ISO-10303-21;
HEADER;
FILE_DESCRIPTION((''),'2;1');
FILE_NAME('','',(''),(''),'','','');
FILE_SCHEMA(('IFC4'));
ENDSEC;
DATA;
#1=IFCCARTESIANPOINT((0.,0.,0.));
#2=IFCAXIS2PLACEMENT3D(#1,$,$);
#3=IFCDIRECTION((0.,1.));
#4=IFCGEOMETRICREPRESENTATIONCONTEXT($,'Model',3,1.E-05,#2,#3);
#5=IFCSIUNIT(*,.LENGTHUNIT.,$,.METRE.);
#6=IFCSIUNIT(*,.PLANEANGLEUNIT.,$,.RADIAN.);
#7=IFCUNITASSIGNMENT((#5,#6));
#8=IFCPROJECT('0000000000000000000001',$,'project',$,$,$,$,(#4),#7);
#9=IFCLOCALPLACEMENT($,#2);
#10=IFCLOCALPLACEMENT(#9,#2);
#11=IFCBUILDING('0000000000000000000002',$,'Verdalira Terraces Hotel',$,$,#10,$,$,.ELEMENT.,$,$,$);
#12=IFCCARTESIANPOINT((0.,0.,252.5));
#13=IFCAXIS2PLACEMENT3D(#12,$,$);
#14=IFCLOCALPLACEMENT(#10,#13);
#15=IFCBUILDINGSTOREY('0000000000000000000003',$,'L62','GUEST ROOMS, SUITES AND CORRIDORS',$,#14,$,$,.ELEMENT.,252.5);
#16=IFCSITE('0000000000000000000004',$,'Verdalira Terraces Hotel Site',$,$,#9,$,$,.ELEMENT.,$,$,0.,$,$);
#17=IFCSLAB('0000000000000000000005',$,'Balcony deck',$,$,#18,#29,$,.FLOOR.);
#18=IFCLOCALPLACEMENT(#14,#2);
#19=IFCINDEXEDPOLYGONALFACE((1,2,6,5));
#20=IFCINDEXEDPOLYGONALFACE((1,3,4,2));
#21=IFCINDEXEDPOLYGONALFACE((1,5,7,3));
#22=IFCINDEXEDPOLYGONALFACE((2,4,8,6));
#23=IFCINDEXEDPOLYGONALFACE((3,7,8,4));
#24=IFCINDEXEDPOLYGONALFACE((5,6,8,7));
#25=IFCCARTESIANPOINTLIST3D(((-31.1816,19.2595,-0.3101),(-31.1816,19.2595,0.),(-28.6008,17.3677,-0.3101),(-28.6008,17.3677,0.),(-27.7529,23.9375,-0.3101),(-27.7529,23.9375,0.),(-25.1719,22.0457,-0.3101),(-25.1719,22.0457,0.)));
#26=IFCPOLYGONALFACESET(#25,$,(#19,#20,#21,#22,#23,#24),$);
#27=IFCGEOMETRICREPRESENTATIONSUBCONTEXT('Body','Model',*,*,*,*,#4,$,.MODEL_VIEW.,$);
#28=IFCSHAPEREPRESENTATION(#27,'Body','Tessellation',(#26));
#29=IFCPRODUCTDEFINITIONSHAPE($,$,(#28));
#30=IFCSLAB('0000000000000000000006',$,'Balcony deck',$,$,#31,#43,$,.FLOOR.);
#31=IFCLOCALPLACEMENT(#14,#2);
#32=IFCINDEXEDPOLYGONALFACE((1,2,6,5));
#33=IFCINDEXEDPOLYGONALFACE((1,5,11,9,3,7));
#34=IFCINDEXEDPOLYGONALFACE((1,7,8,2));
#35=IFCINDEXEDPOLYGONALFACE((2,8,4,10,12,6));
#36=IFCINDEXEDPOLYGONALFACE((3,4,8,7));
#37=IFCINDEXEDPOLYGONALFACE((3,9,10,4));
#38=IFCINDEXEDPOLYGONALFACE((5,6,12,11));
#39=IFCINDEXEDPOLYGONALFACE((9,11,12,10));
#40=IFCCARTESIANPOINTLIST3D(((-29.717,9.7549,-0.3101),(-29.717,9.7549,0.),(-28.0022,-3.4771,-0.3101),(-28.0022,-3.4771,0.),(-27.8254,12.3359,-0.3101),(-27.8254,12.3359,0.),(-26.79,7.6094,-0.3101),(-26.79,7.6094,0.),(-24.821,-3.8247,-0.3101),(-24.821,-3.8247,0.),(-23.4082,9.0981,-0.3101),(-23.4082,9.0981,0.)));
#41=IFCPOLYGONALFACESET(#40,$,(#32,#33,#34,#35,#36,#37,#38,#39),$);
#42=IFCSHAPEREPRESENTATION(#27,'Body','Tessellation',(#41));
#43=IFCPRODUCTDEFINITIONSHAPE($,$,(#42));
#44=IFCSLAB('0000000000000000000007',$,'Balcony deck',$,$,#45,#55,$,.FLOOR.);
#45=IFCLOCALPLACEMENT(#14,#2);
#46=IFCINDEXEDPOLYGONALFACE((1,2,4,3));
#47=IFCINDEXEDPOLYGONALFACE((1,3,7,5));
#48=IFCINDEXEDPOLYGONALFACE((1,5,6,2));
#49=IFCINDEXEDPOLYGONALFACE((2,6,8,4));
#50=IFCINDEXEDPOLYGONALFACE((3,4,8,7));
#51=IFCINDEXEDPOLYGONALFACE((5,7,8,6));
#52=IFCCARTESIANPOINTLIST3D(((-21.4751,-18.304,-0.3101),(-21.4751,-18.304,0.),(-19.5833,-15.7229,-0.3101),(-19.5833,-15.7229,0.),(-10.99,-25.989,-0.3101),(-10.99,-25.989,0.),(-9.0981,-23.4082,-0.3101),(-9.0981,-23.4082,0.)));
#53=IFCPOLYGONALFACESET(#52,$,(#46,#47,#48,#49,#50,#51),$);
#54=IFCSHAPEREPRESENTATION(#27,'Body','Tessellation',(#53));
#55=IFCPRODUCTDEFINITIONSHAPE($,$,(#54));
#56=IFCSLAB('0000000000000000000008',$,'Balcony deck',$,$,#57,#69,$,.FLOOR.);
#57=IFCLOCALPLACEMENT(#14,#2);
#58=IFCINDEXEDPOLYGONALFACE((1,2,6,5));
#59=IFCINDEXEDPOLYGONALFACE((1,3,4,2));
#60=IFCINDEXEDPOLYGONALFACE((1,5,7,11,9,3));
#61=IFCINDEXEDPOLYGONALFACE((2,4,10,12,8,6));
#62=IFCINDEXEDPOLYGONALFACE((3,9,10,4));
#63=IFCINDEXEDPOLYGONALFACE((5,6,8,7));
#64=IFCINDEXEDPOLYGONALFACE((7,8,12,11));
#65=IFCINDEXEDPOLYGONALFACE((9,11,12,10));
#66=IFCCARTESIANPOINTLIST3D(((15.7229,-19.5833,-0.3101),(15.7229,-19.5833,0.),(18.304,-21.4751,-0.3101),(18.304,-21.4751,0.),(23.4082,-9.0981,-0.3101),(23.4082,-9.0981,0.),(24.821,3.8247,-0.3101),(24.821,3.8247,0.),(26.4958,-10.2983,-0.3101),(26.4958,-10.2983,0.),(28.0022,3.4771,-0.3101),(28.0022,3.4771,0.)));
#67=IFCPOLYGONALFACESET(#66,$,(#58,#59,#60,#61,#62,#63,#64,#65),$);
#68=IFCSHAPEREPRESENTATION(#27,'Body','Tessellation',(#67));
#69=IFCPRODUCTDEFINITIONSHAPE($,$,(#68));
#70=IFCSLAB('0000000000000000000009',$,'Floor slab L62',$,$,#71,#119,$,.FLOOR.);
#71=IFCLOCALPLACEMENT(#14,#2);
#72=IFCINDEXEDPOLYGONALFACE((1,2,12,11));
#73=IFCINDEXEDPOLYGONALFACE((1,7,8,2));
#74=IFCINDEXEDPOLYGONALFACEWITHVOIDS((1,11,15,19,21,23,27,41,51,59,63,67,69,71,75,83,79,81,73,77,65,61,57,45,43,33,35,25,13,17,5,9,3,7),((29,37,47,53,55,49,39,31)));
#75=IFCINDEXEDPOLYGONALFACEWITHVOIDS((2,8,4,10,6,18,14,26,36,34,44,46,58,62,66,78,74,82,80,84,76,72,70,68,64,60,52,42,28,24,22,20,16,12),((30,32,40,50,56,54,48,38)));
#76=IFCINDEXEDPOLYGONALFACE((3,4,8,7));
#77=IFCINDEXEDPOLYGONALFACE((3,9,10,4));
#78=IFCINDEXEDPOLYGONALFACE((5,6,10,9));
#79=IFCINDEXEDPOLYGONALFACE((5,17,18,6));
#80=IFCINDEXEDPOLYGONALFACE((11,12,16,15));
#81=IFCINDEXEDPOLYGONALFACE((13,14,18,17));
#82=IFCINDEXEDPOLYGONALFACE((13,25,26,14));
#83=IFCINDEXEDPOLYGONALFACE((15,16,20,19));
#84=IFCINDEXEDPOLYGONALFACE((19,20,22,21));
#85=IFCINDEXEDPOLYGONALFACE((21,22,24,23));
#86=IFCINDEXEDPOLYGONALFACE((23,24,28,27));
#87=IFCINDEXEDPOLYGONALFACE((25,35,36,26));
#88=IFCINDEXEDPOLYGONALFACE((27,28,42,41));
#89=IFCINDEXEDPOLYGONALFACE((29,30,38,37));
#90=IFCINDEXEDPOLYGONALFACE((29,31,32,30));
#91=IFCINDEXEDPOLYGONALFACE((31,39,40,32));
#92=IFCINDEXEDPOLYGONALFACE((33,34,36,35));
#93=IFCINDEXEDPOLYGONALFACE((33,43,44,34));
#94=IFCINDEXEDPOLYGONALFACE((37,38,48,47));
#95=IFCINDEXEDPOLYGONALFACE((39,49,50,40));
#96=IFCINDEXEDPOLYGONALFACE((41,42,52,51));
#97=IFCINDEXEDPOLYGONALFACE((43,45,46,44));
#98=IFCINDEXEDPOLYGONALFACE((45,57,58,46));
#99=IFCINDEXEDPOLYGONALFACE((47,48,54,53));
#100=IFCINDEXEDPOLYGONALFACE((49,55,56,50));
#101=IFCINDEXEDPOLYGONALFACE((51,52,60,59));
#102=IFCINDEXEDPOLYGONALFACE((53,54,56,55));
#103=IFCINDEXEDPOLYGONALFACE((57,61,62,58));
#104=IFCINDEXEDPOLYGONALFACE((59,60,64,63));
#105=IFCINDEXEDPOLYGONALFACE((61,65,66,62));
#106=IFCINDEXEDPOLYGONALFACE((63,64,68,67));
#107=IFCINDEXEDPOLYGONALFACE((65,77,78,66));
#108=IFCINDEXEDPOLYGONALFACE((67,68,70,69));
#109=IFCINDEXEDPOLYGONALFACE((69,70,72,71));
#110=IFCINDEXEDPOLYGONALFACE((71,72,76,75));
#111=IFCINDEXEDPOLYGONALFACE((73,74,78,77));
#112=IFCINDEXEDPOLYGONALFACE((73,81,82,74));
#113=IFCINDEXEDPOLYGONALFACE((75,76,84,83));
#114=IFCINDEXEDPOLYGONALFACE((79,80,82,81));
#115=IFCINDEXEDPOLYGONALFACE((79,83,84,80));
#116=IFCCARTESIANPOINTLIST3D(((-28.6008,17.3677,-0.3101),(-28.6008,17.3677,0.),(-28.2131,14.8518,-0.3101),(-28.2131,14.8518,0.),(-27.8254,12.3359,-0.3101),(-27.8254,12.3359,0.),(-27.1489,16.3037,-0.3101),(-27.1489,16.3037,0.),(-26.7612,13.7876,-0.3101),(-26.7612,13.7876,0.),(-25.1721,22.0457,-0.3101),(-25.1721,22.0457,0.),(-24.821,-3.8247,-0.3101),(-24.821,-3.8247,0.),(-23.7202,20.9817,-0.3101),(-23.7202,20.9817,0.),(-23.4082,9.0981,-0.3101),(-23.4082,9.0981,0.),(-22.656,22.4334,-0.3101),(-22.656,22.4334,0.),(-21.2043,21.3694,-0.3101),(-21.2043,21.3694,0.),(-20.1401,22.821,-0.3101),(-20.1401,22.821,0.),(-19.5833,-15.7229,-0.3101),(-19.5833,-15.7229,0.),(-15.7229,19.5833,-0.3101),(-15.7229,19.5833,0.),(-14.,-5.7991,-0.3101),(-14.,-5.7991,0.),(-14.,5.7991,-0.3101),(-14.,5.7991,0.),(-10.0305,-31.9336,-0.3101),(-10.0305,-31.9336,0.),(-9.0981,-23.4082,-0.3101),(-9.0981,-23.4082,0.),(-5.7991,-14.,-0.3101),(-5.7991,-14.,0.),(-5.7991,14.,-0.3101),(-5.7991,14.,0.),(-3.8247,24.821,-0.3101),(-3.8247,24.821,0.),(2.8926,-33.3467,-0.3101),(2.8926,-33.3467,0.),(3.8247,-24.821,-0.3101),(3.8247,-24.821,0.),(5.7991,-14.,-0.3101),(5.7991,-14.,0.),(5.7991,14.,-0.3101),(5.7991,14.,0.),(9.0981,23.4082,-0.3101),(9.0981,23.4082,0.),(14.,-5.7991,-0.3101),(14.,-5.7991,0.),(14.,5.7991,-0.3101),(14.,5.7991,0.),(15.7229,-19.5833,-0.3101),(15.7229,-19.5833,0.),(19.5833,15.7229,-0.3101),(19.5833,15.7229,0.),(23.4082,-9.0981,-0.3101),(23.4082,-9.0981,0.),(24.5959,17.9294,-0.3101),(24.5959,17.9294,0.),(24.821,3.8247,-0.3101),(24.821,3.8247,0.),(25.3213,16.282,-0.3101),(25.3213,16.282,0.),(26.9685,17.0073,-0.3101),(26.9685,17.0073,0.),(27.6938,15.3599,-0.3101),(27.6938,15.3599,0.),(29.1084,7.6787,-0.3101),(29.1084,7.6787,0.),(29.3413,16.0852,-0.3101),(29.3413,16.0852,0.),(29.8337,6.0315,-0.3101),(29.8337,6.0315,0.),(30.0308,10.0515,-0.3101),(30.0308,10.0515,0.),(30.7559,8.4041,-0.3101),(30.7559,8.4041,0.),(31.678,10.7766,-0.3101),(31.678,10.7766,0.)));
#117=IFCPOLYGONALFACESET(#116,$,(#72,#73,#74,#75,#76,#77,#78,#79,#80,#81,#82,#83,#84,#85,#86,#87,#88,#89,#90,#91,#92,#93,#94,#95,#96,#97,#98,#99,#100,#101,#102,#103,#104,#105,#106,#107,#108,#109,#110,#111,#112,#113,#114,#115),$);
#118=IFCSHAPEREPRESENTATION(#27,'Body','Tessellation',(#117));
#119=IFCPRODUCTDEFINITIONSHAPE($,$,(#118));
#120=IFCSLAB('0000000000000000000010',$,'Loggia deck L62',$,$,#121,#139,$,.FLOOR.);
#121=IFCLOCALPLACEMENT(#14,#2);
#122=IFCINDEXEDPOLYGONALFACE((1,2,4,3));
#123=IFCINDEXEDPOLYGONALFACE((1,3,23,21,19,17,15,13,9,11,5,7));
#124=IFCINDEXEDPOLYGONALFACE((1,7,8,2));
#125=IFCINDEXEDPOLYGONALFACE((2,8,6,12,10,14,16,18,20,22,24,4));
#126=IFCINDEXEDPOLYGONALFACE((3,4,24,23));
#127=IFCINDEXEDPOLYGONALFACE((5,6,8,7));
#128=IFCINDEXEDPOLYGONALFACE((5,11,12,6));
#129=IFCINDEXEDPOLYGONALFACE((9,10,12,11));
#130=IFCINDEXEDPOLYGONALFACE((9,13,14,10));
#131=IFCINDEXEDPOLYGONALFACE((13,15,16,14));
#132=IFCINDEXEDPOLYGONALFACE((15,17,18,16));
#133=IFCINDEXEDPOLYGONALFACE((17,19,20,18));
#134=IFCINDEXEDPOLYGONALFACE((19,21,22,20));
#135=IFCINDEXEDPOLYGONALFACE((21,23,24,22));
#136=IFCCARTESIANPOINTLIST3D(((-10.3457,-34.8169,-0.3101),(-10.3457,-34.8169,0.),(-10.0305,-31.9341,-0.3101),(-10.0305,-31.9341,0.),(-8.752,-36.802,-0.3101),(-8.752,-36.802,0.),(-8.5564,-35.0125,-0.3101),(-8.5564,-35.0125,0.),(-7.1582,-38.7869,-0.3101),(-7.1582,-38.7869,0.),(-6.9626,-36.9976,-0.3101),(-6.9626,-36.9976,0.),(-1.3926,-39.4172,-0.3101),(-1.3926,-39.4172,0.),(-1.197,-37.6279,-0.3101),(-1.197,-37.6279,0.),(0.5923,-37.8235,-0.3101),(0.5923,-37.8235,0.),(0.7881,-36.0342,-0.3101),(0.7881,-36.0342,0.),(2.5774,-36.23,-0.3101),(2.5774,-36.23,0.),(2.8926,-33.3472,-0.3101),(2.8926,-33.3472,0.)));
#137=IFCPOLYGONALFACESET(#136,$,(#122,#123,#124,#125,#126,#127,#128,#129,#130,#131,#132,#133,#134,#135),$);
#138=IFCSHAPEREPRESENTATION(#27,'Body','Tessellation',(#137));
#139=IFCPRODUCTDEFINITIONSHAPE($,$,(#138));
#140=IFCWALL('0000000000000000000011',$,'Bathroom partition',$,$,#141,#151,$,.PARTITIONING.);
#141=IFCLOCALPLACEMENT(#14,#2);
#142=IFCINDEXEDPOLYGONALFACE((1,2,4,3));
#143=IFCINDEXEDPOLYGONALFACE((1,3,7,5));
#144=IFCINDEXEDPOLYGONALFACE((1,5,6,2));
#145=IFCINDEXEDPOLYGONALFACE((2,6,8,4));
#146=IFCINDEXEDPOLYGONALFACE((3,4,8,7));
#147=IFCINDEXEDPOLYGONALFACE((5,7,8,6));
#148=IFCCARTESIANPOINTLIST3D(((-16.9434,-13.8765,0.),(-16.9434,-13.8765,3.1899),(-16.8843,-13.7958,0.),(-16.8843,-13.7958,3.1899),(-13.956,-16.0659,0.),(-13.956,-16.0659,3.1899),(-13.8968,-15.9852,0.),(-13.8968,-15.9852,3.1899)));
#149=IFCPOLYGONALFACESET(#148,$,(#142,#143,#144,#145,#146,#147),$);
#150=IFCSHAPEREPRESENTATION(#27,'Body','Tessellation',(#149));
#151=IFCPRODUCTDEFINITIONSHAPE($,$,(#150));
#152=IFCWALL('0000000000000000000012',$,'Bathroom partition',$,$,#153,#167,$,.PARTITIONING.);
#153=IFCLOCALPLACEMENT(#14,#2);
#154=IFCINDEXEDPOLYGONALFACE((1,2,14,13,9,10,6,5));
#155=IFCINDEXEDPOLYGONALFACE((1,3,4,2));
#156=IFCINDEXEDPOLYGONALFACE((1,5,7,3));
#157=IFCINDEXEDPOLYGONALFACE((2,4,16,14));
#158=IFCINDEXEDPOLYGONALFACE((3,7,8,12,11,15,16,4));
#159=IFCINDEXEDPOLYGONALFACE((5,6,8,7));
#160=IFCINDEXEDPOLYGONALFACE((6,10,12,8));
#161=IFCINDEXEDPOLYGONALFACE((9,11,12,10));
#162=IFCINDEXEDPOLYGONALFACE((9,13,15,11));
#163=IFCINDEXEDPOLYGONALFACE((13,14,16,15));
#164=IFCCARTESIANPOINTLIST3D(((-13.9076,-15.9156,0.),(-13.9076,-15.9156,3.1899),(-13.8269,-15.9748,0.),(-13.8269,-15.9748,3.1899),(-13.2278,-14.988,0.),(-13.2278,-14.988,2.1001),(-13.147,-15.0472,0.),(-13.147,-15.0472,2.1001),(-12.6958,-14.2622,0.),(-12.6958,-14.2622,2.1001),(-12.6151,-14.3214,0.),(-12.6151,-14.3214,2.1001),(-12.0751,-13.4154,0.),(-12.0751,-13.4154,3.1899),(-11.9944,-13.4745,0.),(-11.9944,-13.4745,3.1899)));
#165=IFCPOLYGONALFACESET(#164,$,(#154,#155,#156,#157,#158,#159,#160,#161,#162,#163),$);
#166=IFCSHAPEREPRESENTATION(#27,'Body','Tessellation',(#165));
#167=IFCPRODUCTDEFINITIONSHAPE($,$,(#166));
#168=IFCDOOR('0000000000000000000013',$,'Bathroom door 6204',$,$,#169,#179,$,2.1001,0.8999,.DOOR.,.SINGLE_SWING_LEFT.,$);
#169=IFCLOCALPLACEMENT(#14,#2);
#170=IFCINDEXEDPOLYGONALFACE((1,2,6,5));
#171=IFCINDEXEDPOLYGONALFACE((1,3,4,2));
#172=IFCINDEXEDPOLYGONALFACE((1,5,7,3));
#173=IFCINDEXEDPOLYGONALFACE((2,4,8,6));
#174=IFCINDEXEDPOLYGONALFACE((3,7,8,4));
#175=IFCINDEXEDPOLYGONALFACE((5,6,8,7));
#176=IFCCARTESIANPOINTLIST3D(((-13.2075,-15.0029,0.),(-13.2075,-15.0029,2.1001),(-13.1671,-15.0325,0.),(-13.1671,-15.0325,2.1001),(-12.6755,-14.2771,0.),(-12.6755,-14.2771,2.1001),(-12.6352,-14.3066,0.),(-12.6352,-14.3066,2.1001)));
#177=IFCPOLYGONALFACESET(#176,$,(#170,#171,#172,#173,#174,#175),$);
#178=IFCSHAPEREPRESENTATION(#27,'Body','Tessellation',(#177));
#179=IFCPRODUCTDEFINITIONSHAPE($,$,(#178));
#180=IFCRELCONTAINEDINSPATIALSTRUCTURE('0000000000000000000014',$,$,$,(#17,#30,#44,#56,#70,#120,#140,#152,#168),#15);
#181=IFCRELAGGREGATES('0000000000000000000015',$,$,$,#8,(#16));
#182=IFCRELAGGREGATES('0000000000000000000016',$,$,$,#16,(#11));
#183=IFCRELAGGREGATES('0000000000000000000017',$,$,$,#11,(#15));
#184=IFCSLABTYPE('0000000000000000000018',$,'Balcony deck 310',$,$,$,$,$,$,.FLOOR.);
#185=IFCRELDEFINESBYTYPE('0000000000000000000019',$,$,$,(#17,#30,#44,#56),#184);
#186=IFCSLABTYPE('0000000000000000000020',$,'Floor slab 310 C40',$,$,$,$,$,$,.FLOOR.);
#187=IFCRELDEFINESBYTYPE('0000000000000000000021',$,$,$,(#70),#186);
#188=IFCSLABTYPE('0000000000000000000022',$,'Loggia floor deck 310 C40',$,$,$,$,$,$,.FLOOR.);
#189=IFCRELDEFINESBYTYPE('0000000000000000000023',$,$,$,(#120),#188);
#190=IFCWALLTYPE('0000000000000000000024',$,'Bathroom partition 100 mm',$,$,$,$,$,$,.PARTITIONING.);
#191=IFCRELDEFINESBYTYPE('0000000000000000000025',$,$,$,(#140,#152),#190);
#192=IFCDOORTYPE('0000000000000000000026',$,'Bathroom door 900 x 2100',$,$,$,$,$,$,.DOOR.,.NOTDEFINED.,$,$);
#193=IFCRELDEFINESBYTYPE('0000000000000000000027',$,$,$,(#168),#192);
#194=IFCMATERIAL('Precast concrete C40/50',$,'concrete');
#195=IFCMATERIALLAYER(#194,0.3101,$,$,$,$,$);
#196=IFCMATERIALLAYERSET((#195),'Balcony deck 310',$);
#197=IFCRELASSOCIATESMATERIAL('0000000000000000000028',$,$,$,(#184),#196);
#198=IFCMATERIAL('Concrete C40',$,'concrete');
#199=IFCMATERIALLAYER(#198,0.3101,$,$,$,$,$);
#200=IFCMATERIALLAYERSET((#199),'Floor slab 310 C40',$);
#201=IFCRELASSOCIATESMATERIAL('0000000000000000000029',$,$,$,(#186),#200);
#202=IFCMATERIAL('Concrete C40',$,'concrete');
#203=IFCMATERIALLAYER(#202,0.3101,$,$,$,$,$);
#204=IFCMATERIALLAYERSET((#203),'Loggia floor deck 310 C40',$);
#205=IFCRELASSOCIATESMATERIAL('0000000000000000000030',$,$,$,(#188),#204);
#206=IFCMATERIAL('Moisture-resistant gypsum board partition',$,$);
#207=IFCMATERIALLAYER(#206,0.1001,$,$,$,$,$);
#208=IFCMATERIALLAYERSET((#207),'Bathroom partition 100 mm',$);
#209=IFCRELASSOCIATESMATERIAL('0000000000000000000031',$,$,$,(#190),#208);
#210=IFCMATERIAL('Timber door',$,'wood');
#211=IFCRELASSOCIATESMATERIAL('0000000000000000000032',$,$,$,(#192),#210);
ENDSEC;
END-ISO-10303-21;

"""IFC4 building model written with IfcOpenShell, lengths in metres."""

from ifc_helpers import new_model, si_unit, direction, frame, frame_2d, origin, place, context, subcontext, project, spatial, polyline, rectangle, outline, extrude, material, layer, layer_set, type_object, element, fill, save


model = new_model("IFC4")

# Units and contexts
model_context = context("Model", 3, precision=1e-05, world=origin(), true_north=direction((0.0, 1.0)))
body_context = subcontext(model_context, "Body", "Model", "MODEL_VIEW")
ifc_project = project(units=[si_unit("LENGTHUNIT", "METRE"), si_unit("PLANEANGLEUNIT", "RADIAN")], contexts=[model_context])

# Site, building, storey
site_placement = place(None, origin())
site = spatial("IfcSite", under=ifc_project, at=site_placement, Name="Verdalira Terraces Hotel Site", CompositionType="ELEMENT", RefElevation=0.0)
building_placement = place(site_placement, origin())
building = spatial("IfcBuilding", under=site, at=building_placement, Name="Verdalira Terraces Hotel", CompositionType="ELEMENT")
storey_placement = place(building_placement, frame((0.0, 0.0, 252.5)))
storey = spatial("IfcBuildingStorey", under=building, at=storey_placement, Name="L62", Description="GUEST ROOMS, SUITES AND CORRIDORS", CompositionType="ELEMENT", Elevation=252.5)

# Slabs
ifc_material_1 = material(Name="Precast concrete C40/50", Category="concrete")
ifc_layer_1 = layer(ifc_material_1, 0.3101)
ifc_layer_set_1 = layer_set([ifc_layer_1], Name="Balcony deck 310")
slab_type_1 = type_object("IfcSlabType", Name="Balcony deck 310", PredefinedType="FLOOR", material=ifc_layer_set_1)
slab_1_placement = place(storey_placement, frame((0.0, 0.0, -0.3101)))
element("IfcSlab", 1, at=slab_1_placement, inside=storey, type_object=slab_type_1, Name="Balcony deck", PredefinedType="FLOOR", context=body_context, shape_type="SweptSolid", body=[
    extrude(outline(polyline([(-31.1816, 19.2595), (-28.6008, 17.3677), (-25.1719, 22.0457), (-27.7529, 23.9375), (-31.1816, 19.2595)])), origin(), (0.0, 0.0, 1.0), 0.3101),
])
slab_2_placement = place(storey_placement, frame((0.0, 0.0, -0.3101)))
element("IfcSlab", 2, at=slab_2_placement, inside=storey, type_object=slab_type_1, Name="Balcony deck", PredefinedType="FLOOR", context=body_context, shape_type="SweptSolid", body=[
    extrude(outline(polyline([(-26.79, 7.6094), (-28.0022, -3.4771), (-24.821, -3.8247), (-23.4082, 9.0981), (-27.8254, 12.3359), (-29.717, 9.7549), (-26.79, 7.6094)])), origin(), (0.0, 0.0, 1.0), 0.3101),
])
slab_3_placement = place(storey_placement, frame((0.0, 0.0, -0.3101)))
element("IfcSlab", 3, at=slab_3_placement, inside=storey, type_object=slab_type_1, Name="Balcony deck", PredefinedType="FLOOR", context=body_context, shape_type="SweptSolid", body=[
    extrude(outline(polyline([(-10.99, -25.989), (-9.0981, -23.4082), (-19.5833, -15.7229), (-21.4751, -18.304), (-10.99, -25.989)])), origin(), (0.0, 0.0, 1.0), 0.3101),
])
slab_4_placement = place(storey_placement, frame((0.0, 0.0, -0.3101)))
element("IfcSlab", 4, at=slab_4_placement, inside=storey, type_object=slab_type_1, Name="Balcony deck", PredefinedType="FLOOR", context=body_context, shape_type="SweptSolid", body=[
    extrude(outline(polyline([(28.0022, 3.4771), (24.821, 3.8247), (23.4082, -9.0981), (15.7229, -19.5833), (18.304, -21.4751), (26.4959, -10.2983), (28.0022, 3.4771)])), origin(), (0.0, 0.0, 1.0), 0.3101),
])
ifc_material_2 = material(Name="Concrete C40", Category="concrete")
ifc_layer_2 = layer(ifc_material_2, 0.3101)
ifc_layer_set_2 = layer_set([ifc_layer_2], Name="Floor slab 310 C40")
slab_type_2 = type_object("IfcSlabType", Name="Floor slab 310 C40", PredefinedType="FLOOR", material=ifc_layer_set_2)
slab_5_placement = place(storey_placement, frame((0.0, 0.0, -0.3101)))
element("IfcSlab", 5, at=slab_5_placement, inside=storey, type_object=slab_type_2, Name="Floor slab L62", PredefinedType="FLOOR", context=body_context, shape_type="SweptSolid", body=[
    extrude(outline(polyline([(-19.5833, -15.7229), (-9.0981, -23.4082), (-10.0305, -31.9336), (2.8926, -33.3467), (3.8247, -24.821), (15.7229, -19.5833), (23.4082, -9.0981), (24.821, 3.8247), (29.8337, 6.0315), (29.1084, 7.6787), (30.7559, 8.4041), (30.0308, 10.0515), (31.678, 10.7766), (29.3413, 16.0852), (27.6938, 15.3599), (26.9685, 17.0073), (25.3213, 16.282), (24.5959, 17.9294), (19.5833, 15.7229), (9.0981, 23.4082), (-3.8247, 24.821), (-15.7229, 19.5833), (-20.1401, 22.821), (-21.2043, 21.3694), (-22.656, 22.4334), (-23.7202, 20.9817), (-25.1721, 22.0457), (-28.6008, 17.3677), (-27.1489, 16.3037), (-28.2131, 14.8518), (-26.7612, 13.7876), (-27.8254, 12.3359), (-23.4082, 9.0981), (-24.821, -3.8247), (-19.5833, -15.7229)]), holes=[polyline([(5.7991, 14.0), (14.0, 5.7991), (14.0, -5.7991), (5.7991, -14.0), (-5.7991, -14.0), (-14.0, -5.7991), (-14.0, 5.7991), (-5.7991, 14.0), (5.7991, 14.0)])]), origin(), (0.0, 0.0, 1.0), 0.3101),
])
ifc_material_3 = material(Name="Concrete C40", Category="concrete")
ifc_layer_3 = layer(ifc_material_3, 0.3101)
ifc_layer_set_3 = layer_set([ifc_layer_3], Name="Loggia floor deck 310 C40")
slab_type_3 = type_object("IfcSlabType", Name="Loggia floor deck 310 C40", PredefinedType="FLOOR", material=ifc_layer_set_3)
slab_6_placement = place(storey_placement, frame((0.0, 0.0, -0.3101)))
element("IfcSlab", 6, at=slab_6_placement, inside=storey, type_object=slab_type_3, Name="Loggia deck L62", PredefinedType="FLOOR", context=body_context, shape_type="SweptSolid", body=[
    extrude(outline(polyline([(2.5774, -36.23), (2.8926, -33.3472), (-10.0305, -31.9341), (-10.3457, -34.8169), (-8.5564, -35.0125), (-8.752, -36.802), (-6.9626, -36.9976), (-7.1582, -38.7869), (-1.3926, -39.4172), (-1.197, -37.6279), (0.5923, -37.8235), (0.7881, -36.0342), (2.5774, -36.23)])), origin(), (0.0, 0.0, 1.0), 0.3101),
])

# Wall
ifc_material_4 = material(Name="Moisture-resistant gypsum board partition")
ifc_layer_4 = layer(ifc_material_4, 0.1001)
ifc_layer_set_4 = layer_set([ifc_layer_4], Name="Bathroom partition 100 mm")
wall_type_1 = type_object("IfcWallType", Name="Bathroom partition 100 mm", PredefinedType="PARTITIONING", material=ifc_layer_set_4)
wall_1_placement = place(storey_placement, frame((-13.9263, -16.0256, 0.0), z_axis=(0.0, 0.0, 1.0), x_axis=(-0.806587, 0.591115, 0.0)))
element("IfcWall", 7, at=wall_1_placement, inside=storey, type_object=wall_type_1, Name="Bathroom partition", PredefinedType="PARTITIONING", context=body_context, shape_type="SweptSolid", body=[
    extrude(rectangle(XDim=3.7039, YDim=0.1001, at=frame_2d((1.8521, 0.0))), origin(), (0.0, 0.0, 1.0), 3.1899),
])

# Wall, opening, door
wall_2_placement = place(storey_placement, frame((-13.8672, -15.9451, 0.0), z_axis=(0.0, 0.0, 1.0), x_axis=(0.591155, 0.806558, 0.0)))
wall_2 = element("IfcWall", 8, at=wall_2_placement, inside=storey, type_object=wall_type_1, Name="Bathroom partition", PredefinedType="PARTITIONING", context=body_context, shape_type="SweptSolid", body=[
    extrude(rectangle(XDim=3.0999, YDim=0.1001, at=frame_2d((1.5498, 0.0))), origin(), (0.0, 0.0, 1.0), 3.1899),
])
opening_1_placement = place(wall_2_placement, frame((1.1499, 0.0, 0.0)))
opening_1 = element("IfcOpeningElement", 9, at=opening_1_placement, cuts=wall_2, PredefinedType="OPENING", context=body_context, shape_type="SweptSolid", body=[
    extrude(rectangle(XDim=0.8999, YDim=2.1001, at=frame_2d((0.45, 1.05))), frame((0.0, 0.0601, 0.0), z_axis=(0.0, -1.0, 0.0), x_axis=(1.0, 0.0, 0.0)), (0.0, 0.0, 1.0), 0.1201),
])
ifc_material_5 = material(Name="Timber door", Category="wood")
door_type_1 = type_object("IfcDoorType", Name="Bathroom door 900 x 2100", OperationType="NOTDEFINED", PredefinedType="DOOR", material=ifc_material_5)
door_1_placement = place(opening_1_placement, origin())
door_1 = element("IfcDoor", 10, at=door_1_placement, inside=storey, type_object=door_type_1, Name="Bathroom door 6204", OperationType="SINGLE_SWING_LEFT", OverallHeight=2.1001, OverallWidth=0.8999, PredefinedType="DOOR", context=body_context, shape_type="SweptSolid", body=[
    extrude(rectangle(XDim=0.8999, YDim=2.1001, at=frame_2d((0.45, 1.05))), frame((0.0, 0.0249, 0.0), z_axis=(0.0, -1.0, 0.0), x_axis=(1.0, 0.0, 0.0)), (0.0, 0.0, 1.0), 0.05),
])
fill(opening_1, door_1)

save(model, "model.ifc")
